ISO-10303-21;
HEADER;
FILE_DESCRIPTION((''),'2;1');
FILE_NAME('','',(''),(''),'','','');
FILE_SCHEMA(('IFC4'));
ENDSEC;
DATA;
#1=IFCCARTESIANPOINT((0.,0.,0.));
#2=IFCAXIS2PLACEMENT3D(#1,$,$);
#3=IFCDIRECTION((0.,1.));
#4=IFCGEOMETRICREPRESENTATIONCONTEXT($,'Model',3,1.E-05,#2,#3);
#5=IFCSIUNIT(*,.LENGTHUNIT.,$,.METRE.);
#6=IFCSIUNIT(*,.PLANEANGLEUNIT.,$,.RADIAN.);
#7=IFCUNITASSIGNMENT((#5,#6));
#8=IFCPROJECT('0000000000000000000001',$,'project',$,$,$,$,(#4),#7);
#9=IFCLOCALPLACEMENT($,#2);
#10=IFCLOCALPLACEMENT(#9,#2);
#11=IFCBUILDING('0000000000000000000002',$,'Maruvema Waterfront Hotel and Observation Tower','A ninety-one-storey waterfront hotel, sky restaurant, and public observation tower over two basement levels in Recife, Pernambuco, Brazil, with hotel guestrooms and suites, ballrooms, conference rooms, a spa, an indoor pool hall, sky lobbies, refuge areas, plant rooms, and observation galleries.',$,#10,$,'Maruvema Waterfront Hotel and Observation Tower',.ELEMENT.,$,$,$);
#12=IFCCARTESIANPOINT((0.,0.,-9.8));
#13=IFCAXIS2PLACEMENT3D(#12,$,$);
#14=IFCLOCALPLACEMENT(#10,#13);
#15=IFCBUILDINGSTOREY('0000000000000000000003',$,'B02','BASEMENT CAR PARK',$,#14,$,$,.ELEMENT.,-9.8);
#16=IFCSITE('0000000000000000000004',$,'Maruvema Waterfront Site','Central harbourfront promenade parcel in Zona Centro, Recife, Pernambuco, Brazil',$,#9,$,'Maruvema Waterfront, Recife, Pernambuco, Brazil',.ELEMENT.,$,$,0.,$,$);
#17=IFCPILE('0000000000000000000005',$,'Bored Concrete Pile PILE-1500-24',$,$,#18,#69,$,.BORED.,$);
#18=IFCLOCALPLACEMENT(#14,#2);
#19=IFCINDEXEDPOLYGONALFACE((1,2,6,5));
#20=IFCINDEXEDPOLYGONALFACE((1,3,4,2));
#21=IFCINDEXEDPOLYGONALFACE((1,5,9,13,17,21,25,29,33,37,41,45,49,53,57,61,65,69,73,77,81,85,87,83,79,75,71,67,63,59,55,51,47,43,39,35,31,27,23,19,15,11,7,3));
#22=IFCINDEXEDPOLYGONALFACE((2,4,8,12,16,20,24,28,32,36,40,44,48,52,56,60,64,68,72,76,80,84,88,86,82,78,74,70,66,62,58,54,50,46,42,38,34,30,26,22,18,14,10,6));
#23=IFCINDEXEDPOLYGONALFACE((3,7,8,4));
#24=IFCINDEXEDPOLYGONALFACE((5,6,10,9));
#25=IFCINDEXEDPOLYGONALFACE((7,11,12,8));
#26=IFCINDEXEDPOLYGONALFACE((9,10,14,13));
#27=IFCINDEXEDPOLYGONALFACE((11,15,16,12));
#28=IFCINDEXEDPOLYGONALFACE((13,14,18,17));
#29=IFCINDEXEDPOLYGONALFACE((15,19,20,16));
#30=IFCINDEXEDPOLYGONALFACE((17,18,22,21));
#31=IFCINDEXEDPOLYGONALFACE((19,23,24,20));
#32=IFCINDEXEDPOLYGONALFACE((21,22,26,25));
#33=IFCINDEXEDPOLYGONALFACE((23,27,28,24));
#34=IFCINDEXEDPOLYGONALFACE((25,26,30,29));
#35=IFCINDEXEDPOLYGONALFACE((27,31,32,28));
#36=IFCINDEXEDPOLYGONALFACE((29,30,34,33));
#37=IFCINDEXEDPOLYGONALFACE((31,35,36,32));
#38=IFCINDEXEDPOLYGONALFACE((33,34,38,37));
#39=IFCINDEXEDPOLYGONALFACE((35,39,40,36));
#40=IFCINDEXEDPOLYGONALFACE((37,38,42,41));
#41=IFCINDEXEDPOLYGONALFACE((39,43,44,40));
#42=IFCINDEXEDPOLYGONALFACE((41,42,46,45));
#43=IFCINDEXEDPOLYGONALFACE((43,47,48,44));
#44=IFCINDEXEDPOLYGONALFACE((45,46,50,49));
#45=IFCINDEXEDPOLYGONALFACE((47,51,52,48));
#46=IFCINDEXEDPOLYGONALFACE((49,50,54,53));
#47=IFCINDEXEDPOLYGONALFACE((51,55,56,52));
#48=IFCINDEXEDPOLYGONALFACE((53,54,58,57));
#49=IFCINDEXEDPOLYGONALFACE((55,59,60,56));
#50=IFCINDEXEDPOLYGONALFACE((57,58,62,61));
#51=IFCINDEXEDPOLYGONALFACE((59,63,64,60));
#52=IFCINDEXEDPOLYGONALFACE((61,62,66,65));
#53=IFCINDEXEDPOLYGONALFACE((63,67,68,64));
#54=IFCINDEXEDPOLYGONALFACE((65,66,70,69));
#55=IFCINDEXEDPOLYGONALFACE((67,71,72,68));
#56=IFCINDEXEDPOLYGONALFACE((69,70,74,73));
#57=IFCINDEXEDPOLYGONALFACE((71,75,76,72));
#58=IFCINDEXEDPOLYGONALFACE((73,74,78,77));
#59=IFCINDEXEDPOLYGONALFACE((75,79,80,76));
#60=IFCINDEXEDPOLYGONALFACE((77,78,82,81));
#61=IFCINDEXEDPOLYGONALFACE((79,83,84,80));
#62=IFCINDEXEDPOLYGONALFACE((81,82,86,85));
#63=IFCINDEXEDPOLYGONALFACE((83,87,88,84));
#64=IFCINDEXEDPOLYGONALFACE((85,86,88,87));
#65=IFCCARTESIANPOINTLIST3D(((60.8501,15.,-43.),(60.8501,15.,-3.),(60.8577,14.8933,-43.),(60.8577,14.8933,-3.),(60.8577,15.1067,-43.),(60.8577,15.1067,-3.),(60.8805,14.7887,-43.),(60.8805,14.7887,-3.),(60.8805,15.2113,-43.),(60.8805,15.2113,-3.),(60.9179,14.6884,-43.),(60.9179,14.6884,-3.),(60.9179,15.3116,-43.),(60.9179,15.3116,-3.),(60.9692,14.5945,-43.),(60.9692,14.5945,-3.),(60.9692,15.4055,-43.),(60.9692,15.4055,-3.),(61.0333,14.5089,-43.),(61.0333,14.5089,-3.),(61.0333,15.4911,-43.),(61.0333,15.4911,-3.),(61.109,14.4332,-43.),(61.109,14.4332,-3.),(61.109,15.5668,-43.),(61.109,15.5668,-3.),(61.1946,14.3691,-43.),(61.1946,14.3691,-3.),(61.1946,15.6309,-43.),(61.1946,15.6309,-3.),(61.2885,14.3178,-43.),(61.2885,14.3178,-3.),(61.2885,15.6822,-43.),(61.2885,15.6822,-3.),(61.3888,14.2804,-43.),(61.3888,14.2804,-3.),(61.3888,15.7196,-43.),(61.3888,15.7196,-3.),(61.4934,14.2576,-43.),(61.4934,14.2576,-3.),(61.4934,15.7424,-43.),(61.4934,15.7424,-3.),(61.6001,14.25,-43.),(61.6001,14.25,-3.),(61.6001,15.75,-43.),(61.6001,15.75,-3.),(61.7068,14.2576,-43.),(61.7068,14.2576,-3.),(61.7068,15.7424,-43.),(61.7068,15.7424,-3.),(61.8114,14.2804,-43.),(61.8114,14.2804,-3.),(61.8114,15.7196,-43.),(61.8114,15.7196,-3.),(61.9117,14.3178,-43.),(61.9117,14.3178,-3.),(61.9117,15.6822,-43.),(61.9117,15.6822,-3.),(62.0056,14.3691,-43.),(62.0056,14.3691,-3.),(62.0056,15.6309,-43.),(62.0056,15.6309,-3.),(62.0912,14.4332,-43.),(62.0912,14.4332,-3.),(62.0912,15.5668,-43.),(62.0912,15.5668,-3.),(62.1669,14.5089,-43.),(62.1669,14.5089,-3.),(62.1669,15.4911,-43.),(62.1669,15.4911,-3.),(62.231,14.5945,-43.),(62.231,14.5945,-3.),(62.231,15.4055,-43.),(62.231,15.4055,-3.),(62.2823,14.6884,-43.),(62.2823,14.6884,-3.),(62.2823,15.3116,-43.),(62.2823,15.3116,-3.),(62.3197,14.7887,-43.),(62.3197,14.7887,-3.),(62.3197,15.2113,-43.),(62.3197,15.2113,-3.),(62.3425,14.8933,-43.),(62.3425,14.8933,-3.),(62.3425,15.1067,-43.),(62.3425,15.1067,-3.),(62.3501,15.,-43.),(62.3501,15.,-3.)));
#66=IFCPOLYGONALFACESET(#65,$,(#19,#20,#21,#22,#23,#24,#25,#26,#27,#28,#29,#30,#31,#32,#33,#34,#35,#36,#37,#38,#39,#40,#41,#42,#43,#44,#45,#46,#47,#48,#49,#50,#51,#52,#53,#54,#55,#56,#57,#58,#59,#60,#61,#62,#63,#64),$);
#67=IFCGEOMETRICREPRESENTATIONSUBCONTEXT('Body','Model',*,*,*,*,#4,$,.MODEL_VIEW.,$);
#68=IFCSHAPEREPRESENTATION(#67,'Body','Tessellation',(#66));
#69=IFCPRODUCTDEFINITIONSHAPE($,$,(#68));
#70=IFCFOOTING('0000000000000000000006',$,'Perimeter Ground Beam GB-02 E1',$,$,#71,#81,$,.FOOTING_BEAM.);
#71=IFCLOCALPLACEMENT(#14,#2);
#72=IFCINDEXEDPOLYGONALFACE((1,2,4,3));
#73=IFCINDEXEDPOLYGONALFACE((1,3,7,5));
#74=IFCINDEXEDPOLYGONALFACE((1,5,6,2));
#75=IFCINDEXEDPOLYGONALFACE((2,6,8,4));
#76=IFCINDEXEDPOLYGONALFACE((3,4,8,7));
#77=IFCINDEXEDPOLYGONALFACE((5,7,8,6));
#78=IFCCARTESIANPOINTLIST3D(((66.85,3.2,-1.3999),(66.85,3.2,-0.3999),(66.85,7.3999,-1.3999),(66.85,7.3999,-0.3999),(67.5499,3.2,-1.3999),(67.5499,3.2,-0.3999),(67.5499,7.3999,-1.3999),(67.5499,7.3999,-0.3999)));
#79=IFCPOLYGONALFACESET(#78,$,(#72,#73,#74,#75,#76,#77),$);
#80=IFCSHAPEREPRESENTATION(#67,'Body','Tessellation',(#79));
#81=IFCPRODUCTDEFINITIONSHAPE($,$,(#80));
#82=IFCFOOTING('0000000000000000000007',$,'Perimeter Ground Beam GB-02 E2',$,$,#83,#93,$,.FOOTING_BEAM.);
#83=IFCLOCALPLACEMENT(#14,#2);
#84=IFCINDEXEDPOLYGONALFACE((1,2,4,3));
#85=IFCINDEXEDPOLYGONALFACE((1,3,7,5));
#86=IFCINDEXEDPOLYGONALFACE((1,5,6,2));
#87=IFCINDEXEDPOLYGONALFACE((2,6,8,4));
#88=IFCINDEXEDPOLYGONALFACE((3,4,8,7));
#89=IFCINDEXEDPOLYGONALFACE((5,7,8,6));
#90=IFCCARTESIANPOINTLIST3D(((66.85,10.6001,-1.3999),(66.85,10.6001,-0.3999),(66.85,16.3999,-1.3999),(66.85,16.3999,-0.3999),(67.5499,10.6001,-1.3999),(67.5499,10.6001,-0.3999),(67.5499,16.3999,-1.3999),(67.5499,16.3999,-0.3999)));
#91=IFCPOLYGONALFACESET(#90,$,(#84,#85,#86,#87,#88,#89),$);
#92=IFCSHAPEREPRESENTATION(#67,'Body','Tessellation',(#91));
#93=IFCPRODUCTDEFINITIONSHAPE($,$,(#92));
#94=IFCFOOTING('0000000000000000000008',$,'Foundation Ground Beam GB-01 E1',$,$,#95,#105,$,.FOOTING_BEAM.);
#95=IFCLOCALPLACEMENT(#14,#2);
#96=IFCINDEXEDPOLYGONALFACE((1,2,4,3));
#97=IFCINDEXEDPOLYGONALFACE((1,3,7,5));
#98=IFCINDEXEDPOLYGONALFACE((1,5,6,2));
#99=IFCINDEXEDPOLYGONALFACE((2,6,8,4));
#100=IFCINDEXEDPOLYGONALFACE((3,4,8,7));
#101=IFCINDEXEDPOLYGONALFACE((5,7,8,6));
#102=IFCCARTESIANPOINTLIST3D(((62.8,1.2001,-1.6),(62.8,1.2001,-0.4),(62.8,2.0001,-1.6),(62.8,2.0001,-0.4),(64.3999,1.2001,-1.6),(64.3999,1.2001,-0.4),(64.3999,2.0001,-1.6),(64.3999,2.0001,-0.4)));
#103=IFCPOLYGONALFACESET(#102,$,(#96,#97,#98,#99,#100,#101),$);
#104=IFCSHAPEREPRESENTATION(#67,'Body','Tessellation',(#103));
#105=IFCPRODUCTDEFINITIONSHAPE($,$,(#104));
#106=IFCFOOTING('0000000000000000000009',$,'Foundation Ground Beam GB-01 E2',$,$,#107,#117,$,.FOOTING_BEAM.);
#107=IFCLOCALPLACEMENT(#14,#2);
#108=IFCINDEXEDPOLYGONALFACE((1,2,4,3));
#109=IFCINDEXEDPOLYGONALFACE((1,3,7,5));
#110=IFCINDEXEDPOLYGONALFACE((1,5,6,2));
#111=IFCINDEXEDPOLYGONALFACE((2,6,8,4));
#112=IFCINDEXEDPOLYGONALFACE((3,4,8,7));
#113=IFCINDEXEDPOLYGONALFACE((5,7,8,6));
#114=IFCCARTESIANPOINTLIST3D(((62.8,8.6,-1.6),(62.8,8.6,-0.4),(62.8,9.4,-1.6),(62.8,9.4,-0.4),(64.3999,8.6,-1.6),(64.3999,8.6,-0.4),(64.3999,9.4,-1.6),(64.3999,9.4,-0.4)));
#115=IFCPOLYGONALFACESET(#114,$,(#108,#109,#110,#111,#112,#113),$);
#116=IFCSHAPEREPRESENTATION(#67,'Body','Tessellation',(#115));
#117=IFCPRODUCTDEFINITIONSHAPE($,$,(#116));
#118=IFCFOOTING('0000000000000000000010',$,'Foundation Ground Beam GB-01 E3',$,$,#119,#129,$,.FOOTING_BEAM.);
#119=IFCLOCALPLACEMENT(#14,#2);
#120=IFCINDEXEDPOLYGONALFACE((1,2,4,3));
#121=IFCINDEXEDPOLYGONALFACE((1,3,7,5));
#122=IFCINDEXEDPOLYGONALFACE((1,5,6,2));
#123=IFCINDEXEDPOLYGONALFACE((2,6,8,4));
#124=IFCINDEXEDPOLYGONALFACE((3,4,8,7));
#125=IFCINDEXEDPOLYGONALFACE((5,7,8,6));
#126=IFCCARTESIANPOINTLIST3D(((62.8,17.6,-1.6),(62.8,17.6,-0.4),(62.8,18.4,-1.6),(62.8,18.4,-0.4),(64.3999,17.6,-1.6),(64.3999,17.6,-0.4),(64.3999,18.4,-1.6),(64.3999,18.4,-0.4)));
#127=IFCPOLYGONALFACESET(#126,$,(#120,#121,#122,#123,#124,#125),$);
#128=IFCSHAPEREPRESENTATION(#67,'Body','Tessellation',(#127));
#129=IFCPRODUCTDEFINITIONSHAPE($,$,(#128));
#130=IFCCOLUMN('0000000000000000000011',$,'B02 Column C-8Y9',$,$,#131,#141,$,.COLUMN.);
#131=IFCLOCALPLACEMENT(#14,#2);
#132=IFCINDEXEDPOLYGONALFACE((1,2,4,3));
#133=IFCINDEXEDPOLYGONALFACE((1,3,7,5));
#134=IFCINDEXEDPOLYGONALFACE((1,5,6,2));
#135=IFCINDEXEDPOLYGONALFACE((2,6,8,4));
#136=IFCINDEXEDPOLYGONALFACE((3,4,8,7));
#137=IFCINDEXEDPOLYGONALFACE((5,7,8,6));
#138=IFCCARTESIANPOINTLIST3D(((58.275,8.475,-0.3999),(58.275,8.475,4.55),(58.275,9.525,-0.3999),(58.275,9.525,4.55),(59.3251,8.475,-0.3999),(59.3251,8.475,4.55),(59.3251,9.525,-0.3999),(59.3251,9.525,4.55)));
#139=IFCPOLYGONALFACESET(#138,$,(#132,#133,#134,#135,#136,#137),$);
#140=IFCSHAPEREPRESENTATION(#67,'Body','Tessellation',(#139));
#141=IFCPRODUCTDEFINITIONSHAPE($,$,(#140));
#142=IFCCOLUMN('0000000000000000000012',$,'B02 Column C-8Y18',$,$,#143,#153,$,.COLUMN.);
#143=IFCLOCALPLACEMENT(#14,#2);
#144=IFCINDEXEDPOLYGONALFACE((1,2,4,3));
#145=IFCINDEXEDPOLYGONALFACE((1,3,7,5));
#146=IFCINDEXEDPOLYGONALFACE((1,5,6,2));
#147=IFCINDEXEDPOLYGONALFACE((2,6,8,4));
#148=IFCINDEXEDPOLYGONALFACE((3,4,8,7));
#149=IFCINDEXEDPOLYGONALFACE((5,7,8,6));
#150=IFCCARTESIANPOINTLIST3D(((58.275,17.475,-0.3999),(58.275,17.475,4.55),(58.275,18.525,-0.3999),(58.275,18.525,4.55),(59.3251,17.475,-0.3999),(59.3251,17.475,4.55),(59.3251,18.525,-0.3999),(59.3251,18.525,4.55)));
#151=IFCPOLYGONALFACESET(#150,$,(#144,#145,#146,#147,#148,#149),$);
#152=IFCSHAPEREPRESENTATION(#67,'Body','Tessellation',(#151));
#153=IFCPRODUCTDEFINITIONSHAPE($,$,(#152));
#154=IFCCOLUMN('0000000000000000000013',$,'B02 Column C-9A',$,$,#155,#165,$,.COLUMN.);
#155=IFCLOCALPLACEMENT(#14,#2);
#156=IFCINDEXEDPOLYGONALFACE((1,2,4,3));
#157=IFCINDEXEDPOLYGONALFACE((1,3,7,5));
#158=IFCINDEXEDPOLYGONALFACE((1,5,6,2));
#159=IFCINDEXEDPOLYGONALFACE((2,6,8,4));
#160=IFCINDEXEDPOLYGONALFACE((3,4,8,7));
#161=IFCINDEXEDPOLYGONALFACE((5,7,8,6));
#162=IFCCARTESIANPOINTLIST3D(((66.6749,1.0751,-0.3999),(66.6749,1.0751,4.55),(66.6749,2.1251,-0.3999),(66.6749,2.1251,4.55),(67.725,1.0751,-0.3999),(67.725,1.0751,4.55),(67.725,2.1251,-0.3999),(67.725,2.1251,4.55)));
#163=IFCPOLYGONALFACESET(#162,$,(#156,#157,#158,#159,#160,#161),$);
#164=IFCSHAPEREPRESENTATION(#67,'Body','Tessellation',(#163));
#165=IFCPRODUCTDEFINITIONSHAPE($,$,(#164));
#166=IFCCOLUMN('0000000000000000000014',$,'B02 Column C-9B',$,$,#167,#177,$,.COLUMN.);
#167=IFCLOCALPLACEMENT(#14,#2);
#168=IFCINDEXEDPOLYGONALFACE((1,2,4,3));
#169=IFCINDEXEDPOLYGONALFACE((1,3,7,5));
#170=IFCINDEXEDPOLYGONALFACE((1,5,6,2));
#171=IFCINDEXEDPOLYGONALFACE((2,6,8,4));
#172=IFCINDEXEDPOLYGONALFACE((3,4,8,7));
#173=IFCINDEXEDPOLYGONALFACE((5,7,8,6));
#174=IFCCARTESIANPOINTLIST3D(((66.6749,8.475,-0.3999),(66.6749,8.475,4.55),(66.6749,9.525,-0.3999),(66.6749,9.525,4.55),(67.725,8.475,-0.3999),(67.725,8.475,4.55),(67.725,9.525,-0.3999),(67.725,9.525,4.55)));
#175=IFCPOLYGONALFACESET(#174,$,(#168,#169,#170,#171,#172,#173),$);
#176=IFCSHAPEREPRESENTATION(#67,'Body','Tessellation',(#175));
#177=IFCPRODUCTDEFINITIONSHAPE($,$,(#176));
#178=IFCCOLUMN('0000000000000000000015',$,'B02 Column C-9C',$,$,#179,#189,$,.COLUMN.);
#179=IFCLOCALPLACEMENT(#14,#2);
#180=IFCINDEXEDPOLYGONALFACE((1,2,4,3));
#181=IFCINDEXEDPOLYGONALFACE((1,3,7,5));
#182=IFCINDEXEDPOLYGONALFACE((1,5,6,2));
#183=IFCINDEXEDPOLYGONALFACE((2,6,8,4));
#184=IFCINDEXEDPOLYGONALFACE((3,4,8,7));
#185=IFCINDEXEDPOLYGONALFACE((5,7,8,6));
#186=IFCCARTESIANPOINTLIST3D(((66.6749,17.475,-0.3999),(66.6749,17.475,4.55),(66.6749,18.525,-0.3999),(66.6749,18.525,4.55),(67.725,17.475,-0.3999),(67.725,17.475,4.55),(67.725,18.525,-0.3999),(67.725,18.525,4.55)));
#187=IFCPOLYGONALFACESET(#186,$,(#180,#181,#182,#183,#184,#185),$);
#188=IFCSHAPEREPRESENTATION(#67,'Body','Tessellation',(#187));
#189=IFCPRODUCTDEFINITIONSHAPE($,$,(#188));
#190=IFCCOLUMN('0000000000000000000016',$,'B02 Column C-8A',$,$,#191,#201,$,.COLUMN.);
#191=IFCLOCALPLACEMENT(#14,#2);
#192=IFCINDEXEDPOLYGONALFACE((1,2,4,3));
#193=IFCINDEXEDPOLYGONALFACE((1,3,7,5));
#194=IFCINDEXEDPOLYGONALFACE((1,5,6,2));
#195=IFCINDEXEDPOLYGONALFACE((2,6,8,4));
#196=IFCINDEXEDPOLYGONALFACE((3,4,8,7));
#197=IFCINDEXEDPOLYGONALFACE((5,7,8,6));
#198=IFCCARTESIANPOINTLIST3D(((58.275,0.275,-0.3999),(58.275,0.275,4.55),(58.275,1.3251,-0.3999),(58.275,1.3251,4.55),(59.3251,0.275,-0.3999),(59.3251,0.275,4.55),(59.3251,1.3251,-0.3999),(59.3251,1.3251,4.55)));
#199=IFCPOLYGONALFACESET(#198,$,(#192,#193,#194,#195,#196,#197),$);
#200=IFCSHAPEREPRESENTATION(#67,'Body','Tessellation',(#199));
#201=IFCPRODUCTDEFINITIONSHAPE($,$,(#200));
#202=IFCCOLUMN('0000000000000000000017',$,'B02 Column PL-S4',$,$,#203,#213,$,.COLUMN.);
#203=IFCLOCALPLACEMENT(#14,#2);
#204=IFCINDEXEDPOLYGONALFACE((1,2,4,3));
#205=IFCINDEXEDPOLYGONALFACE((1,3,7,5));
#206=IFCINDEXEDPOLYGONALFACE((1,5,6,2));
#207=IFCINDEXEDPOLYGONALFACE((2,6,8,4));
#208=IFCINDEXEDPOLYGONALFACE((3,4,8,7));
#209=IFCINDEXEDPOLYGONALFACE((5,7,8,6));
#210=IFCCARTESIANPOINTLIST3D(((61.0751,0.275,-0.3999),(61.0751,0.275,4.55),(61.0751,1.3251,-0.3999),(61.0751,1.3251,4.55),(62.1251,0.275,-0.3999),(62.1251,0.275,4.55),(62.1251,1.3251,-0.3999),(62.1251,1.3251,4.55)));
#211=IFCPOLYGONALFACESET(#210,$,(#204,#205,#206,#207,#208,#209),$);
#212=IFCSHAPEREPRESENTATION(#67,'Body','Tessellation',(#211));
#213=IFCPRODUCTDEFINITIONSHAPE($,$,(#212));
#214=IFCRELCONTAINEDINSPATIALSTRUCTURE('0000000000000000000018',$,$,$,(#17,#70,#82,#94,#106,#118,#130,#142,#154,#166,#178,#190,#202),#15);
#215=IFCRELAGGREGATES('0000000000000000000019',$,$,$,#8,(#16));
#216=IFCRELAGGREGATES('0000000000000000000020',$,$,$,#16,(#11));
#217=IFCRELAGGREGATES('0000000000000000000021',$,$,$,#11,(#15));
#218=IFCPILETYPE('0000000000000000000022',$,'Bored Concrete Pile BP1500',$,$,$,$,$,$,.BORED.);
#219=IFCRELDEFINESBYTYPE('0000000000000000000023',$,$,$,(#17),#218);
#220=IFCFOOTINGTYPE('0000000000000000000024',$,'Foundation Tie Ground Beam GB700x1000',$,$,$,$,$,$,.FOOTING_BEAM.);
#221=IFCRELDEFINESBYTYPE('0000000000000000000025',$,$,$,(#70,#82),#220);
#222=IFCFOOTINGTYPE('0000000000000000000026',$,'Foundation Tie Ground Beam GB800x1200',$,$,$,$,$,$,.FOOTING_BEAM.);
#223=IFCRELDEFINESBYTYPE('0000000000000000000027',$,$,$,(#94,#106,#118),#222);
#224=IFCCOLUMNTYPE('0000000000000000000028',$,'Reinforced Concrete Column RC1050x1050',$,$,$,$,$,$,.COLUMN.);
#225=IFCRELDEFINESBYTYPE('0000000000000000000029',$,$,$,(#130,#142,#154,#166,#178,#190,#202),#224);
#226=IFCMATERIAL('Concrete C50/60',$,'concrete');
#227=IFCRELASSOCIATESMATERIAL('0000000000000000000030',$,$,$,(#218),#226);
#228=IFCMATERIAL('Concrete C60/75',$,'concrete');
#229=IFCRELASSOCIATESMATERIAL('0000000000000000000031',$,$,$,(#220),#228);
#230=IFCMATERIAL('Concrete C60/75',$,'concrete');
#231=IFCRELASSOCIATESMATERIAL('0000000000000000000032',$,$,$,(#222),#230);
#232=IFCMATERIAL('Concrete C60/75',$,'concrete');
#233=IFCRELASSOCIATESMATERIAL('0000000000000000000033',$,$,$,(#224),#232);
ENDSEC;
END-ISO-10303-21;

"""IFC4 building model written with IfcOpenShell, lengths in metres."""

from ifc_helpers import new_model, si_unit, direction, frame, origin, origin_2d, place, context, subcontext, project, spatial, rectangle, circle, extrude, material, material_profile, profile_set, type_object, element, save


model = new_model("IFC4")

# Units and contexts
model_context = context("Model", 3, precision=1e-05, world=origin(), true_north=direction((0.0, 1.0)))
body_context = subcontext(model_context, "Body", "Model", "MODEL_VIEW")
ifc_project = project(units=[si_unit("LENGTHUNIT", "METRE"), si_unit("PLANEANGLEUNIT", "RADIAN")], contexts=[model_context])

# Site, building, storey
site_placement = place(None, origin())
site = spatial("IfcSite", under=ifc_project, at=site_placement, Name="Maruvema Waterfront Site", Description="Central harbourfront promenade parcel in Zona Centro, Recife, Pernambuco, Brazil", LongName="Maruvema Waterfront, Recife, Pernambuco, Brazil", CompositionType="ELEMENT", RefElevation=0.0)
building_placement = place(site_placement, origin())
building = spatial("IfcBuilding", under=site, at=building_placement, Name="Maruvema Waterfront Hotel and Observation Tower", Description="A ninety-one-storey waterfront hotel, sky restaurant, and public observation tower over two basement levels in Recife, Pernambuco, Brazil, with hotel guestrooms and suites, ballrooms, conference rooms, a spa, an indoor pool hall, sky lobbies, refuge areas, plant rooms, and observation galleries.", LongName="Maruvema Waterfront Hotel and Observation Tower", CompositionType="ELEMENT")
storey_placement = place(building_placement, frame((0.0, 0.0, -9.8)))
storey = spatial("IfcBuildingStorey", under=building, at=storey_placement, Name="B02", Description="BASEMENT CAR PARK", CompositionType="ELEMENT", Elevation=-9.8)

# Pile
ifc_material_1 = material(Name="Concrete C50/60", Category="concrete")
ifc_material_profile_1 = material_profile(ifc_material_1, circle(Radius=0.75, at=origin_2d()), Name="BP1500")
ifc_profile_set_1 = profile_set([ifc_material_profile_1], Name="Concrete C50/60")
pile_type_1 = type_object("IfcPileType", Name="Bored Concrete Pile BP1500", PredefinedType="BORED", material=ifc_profile_set_1)
for number, where, z_axis, x_axis, name in (
    (1, (61.6001, 15.0, -3.0), (0.0, 0.0, -1.0), (1.0, 0.0, 0.0), "Bored Concrete Pile PILE-1500-24"),
):
    element("IfcPile", number, at=place(storey_placement, frame(where, z_axis=z_axis, x_axis=x_axis)), inside=storey, type_object=pile_type_1, Name=name, PredefinedType="BORED", context=body_context, shape_type="SweptSolid", body=[
        extrude(circle(Radius=0.75, at=origin_2d()), origin(), (0.0, 0.0, 1.0), 40.0),
    ])

# Footings
ifc_material_2 = material(Name="Concrete C60/75", Category="concrete")
ifc_material_profile_2 = material_profile(ifc_material_2, rectangle(XDim=0.7, YDim=1.0, at=origin_2d()), Name="GB700x1000")
ifc_profile_set_2 = profile_set([ifc_material_profile_2], Name="Concrete C60/75")
footing_type_1 = type_object("IfcFootingType", Name="Foundation Tie Ground Beam GB700x1000", PredefinedType="FOOTING_BEAM", material=ifc_profile_set_2)
footing_1_placement = place(storey_placement, frame((67.2, 3.2, -0.8999), z_axis=(0.0, 1.0, 0.0), x_axis=(-1.0, 0.0, 0.0)))
element("IfcFooting", 2, at=footing_1_placement, inside=storey, type_object=footing_type_1, Name="Perimeter Ground Beam GB-02 E1", PredefinedType="FOOTING_BEAM", context=body_context, shape_type="SweptSolid", body=[
    extrude(rectangle(XDim=0.7, YDim=1.0, at=origin_2d()), origin(), (0.0, 0.0, 1.0), 4.2),
])
footing_2_placement = place(storey_placement, frame((67.2, 10.6001, -0.8999), z_axis=(0.0, 1.0, 0.0), x_axis=(-1.0, 0.0, 0.0)))
element("IfcFooting", 3, at=footing_2_placement, inside=storey, type_object=footing_type_1, Name="Perimeter Ground Beam GB-02 E2", PredefinedType="FOOTING_BEAM", context=body_context, shape_type="SweptSolid", body=[
    extrude(rectangle(XDim=0.7, YDim=1.0, at=origin_2d()), origin(), (0.0, 0.0, 1.0), 5.7998),
])
ifc_material_3 = material(Name="Concrete C60/75", Category="concrete")
ifc_material_profile_3 = material_profile(ifc_material_3, rectangle(XDim=0.8, YDim=1.2, at=origin_2d()), Name="GB800x1200")
ifc_profile_set_3 = profile_set([ifc_material_profile_3], Name="Concrete C60/75")
footing_type_2 = type_object("IfcFootingType", Name="Foundation Tie Ground Beam GB800x1200", PredefinedType="FOOTING_BEAM", material=ifc_profile_set_3)
for number, where, z_axis, x_axis, name in (
    (4, (62.8, 1.6001, -1.0), (1.0, 0.0, 0.0), (0.0, 1.0, 0.0), "Foundation Ground Beam GB-01 E1"),
    (5, (62.8, 9.0, -1.0), (1.0, 0.0, 0.0), (0.0, 1.0, 0.0), "Foundation Ground Beam GB-01 E2"),
    (6, (62.8, 18.0, -1.0), (1.0, 0.0, 0.0), (0.0, 1.0, 0.0), "Foundation Ground Beam GB-01 E3"),
):
    element("IfcFooting", number, at=place(storey_placement, frame(where, z_axis=z_axis, x_axis=x_axis)), inside=storey, type_object=footing_type_2, Name=name, PredefinedType="FOOTING_BEAM", context=body_context, shape_type="SweptSolid", body=[
        extrude(rectangle(XDim=0.8, YDim=1.2, at=origin_2d()), origin(), (0.0, 0.0, 1.0), 1.5999),
    ])

# Columns
ifc_material_4 = material(Name="Concrete C60/75", Category="concrete")
ifc_material_profile_4 = material_profile(ifc_material_4, rectangle(XDim=1.05, YDim=1.05, at=origin_2d()), Name="RC1050x1050")
ifc_profile_set_4 = profile_set([ifc_material_profile_4], Name="Concrete C60/75")
column_type = type_object("IfcColumnType", Name="Reinforced Concrete Column RC1050x1050", PredefinedType="COLUMN", material=ifc_profile_set_4)
for number, where, z_axis, x_axis, name in (
    (7, (58.8, 9.0, -0.3999), (0.0, 0.0, 1.0), (1.0, 0.0, 0.0), "B02 Column C-8Y9"),
    (8, (58.8, 18.0, -0.3999), (0.0, 0.0, 1.0), (1.0, 0.0, 0.0), "B02 Column C-8Y18"),
    (9, (67.2, 1.6001, -0.3999), (0.0, 0.0, 1.0), (1.0, 0.0, 0.0), "B02 Column C-9A"),
    (10, (67.2, 9.0, -0.3999), (0.0, 0.0, 1.0), (1.0, 0.0, 0.0), "B02 Column C-9B"),
    (11, (67.2, 18.0, -0.3999), (0.0, 0.0, 1.0), (1.0, 0.0, 0.0), "B02 Column C-9C"),
    (12, (58.8, 0.8, -0.3999), (0.0, 0.0, 1.0), (1.0, 0.0, 0.0), "B02 Column C-8A"),
    (13, (61.6001, 0.8, -0.3999), (0.0, 0.0, 1.0), (1.0, 0.0, 0.0), "B02 Column PL-S4"),
):
    element("IfcColumn", number, at=place(storey_placement, frame(where, z_axis=z_axis, x_axis=x_axis)), inside=storey, type_object=column_type, Name=name, PredefinedType="COLUMN", context=body_context, shape_type="SweptSolid", body=[
        extrude(rectangle(XDim=1.05, YDim=1.05, at=origin_2d()), origin(), (0.0, 0.0, 1.0), 4.95),
    ])

save(model, "model.ifc")
